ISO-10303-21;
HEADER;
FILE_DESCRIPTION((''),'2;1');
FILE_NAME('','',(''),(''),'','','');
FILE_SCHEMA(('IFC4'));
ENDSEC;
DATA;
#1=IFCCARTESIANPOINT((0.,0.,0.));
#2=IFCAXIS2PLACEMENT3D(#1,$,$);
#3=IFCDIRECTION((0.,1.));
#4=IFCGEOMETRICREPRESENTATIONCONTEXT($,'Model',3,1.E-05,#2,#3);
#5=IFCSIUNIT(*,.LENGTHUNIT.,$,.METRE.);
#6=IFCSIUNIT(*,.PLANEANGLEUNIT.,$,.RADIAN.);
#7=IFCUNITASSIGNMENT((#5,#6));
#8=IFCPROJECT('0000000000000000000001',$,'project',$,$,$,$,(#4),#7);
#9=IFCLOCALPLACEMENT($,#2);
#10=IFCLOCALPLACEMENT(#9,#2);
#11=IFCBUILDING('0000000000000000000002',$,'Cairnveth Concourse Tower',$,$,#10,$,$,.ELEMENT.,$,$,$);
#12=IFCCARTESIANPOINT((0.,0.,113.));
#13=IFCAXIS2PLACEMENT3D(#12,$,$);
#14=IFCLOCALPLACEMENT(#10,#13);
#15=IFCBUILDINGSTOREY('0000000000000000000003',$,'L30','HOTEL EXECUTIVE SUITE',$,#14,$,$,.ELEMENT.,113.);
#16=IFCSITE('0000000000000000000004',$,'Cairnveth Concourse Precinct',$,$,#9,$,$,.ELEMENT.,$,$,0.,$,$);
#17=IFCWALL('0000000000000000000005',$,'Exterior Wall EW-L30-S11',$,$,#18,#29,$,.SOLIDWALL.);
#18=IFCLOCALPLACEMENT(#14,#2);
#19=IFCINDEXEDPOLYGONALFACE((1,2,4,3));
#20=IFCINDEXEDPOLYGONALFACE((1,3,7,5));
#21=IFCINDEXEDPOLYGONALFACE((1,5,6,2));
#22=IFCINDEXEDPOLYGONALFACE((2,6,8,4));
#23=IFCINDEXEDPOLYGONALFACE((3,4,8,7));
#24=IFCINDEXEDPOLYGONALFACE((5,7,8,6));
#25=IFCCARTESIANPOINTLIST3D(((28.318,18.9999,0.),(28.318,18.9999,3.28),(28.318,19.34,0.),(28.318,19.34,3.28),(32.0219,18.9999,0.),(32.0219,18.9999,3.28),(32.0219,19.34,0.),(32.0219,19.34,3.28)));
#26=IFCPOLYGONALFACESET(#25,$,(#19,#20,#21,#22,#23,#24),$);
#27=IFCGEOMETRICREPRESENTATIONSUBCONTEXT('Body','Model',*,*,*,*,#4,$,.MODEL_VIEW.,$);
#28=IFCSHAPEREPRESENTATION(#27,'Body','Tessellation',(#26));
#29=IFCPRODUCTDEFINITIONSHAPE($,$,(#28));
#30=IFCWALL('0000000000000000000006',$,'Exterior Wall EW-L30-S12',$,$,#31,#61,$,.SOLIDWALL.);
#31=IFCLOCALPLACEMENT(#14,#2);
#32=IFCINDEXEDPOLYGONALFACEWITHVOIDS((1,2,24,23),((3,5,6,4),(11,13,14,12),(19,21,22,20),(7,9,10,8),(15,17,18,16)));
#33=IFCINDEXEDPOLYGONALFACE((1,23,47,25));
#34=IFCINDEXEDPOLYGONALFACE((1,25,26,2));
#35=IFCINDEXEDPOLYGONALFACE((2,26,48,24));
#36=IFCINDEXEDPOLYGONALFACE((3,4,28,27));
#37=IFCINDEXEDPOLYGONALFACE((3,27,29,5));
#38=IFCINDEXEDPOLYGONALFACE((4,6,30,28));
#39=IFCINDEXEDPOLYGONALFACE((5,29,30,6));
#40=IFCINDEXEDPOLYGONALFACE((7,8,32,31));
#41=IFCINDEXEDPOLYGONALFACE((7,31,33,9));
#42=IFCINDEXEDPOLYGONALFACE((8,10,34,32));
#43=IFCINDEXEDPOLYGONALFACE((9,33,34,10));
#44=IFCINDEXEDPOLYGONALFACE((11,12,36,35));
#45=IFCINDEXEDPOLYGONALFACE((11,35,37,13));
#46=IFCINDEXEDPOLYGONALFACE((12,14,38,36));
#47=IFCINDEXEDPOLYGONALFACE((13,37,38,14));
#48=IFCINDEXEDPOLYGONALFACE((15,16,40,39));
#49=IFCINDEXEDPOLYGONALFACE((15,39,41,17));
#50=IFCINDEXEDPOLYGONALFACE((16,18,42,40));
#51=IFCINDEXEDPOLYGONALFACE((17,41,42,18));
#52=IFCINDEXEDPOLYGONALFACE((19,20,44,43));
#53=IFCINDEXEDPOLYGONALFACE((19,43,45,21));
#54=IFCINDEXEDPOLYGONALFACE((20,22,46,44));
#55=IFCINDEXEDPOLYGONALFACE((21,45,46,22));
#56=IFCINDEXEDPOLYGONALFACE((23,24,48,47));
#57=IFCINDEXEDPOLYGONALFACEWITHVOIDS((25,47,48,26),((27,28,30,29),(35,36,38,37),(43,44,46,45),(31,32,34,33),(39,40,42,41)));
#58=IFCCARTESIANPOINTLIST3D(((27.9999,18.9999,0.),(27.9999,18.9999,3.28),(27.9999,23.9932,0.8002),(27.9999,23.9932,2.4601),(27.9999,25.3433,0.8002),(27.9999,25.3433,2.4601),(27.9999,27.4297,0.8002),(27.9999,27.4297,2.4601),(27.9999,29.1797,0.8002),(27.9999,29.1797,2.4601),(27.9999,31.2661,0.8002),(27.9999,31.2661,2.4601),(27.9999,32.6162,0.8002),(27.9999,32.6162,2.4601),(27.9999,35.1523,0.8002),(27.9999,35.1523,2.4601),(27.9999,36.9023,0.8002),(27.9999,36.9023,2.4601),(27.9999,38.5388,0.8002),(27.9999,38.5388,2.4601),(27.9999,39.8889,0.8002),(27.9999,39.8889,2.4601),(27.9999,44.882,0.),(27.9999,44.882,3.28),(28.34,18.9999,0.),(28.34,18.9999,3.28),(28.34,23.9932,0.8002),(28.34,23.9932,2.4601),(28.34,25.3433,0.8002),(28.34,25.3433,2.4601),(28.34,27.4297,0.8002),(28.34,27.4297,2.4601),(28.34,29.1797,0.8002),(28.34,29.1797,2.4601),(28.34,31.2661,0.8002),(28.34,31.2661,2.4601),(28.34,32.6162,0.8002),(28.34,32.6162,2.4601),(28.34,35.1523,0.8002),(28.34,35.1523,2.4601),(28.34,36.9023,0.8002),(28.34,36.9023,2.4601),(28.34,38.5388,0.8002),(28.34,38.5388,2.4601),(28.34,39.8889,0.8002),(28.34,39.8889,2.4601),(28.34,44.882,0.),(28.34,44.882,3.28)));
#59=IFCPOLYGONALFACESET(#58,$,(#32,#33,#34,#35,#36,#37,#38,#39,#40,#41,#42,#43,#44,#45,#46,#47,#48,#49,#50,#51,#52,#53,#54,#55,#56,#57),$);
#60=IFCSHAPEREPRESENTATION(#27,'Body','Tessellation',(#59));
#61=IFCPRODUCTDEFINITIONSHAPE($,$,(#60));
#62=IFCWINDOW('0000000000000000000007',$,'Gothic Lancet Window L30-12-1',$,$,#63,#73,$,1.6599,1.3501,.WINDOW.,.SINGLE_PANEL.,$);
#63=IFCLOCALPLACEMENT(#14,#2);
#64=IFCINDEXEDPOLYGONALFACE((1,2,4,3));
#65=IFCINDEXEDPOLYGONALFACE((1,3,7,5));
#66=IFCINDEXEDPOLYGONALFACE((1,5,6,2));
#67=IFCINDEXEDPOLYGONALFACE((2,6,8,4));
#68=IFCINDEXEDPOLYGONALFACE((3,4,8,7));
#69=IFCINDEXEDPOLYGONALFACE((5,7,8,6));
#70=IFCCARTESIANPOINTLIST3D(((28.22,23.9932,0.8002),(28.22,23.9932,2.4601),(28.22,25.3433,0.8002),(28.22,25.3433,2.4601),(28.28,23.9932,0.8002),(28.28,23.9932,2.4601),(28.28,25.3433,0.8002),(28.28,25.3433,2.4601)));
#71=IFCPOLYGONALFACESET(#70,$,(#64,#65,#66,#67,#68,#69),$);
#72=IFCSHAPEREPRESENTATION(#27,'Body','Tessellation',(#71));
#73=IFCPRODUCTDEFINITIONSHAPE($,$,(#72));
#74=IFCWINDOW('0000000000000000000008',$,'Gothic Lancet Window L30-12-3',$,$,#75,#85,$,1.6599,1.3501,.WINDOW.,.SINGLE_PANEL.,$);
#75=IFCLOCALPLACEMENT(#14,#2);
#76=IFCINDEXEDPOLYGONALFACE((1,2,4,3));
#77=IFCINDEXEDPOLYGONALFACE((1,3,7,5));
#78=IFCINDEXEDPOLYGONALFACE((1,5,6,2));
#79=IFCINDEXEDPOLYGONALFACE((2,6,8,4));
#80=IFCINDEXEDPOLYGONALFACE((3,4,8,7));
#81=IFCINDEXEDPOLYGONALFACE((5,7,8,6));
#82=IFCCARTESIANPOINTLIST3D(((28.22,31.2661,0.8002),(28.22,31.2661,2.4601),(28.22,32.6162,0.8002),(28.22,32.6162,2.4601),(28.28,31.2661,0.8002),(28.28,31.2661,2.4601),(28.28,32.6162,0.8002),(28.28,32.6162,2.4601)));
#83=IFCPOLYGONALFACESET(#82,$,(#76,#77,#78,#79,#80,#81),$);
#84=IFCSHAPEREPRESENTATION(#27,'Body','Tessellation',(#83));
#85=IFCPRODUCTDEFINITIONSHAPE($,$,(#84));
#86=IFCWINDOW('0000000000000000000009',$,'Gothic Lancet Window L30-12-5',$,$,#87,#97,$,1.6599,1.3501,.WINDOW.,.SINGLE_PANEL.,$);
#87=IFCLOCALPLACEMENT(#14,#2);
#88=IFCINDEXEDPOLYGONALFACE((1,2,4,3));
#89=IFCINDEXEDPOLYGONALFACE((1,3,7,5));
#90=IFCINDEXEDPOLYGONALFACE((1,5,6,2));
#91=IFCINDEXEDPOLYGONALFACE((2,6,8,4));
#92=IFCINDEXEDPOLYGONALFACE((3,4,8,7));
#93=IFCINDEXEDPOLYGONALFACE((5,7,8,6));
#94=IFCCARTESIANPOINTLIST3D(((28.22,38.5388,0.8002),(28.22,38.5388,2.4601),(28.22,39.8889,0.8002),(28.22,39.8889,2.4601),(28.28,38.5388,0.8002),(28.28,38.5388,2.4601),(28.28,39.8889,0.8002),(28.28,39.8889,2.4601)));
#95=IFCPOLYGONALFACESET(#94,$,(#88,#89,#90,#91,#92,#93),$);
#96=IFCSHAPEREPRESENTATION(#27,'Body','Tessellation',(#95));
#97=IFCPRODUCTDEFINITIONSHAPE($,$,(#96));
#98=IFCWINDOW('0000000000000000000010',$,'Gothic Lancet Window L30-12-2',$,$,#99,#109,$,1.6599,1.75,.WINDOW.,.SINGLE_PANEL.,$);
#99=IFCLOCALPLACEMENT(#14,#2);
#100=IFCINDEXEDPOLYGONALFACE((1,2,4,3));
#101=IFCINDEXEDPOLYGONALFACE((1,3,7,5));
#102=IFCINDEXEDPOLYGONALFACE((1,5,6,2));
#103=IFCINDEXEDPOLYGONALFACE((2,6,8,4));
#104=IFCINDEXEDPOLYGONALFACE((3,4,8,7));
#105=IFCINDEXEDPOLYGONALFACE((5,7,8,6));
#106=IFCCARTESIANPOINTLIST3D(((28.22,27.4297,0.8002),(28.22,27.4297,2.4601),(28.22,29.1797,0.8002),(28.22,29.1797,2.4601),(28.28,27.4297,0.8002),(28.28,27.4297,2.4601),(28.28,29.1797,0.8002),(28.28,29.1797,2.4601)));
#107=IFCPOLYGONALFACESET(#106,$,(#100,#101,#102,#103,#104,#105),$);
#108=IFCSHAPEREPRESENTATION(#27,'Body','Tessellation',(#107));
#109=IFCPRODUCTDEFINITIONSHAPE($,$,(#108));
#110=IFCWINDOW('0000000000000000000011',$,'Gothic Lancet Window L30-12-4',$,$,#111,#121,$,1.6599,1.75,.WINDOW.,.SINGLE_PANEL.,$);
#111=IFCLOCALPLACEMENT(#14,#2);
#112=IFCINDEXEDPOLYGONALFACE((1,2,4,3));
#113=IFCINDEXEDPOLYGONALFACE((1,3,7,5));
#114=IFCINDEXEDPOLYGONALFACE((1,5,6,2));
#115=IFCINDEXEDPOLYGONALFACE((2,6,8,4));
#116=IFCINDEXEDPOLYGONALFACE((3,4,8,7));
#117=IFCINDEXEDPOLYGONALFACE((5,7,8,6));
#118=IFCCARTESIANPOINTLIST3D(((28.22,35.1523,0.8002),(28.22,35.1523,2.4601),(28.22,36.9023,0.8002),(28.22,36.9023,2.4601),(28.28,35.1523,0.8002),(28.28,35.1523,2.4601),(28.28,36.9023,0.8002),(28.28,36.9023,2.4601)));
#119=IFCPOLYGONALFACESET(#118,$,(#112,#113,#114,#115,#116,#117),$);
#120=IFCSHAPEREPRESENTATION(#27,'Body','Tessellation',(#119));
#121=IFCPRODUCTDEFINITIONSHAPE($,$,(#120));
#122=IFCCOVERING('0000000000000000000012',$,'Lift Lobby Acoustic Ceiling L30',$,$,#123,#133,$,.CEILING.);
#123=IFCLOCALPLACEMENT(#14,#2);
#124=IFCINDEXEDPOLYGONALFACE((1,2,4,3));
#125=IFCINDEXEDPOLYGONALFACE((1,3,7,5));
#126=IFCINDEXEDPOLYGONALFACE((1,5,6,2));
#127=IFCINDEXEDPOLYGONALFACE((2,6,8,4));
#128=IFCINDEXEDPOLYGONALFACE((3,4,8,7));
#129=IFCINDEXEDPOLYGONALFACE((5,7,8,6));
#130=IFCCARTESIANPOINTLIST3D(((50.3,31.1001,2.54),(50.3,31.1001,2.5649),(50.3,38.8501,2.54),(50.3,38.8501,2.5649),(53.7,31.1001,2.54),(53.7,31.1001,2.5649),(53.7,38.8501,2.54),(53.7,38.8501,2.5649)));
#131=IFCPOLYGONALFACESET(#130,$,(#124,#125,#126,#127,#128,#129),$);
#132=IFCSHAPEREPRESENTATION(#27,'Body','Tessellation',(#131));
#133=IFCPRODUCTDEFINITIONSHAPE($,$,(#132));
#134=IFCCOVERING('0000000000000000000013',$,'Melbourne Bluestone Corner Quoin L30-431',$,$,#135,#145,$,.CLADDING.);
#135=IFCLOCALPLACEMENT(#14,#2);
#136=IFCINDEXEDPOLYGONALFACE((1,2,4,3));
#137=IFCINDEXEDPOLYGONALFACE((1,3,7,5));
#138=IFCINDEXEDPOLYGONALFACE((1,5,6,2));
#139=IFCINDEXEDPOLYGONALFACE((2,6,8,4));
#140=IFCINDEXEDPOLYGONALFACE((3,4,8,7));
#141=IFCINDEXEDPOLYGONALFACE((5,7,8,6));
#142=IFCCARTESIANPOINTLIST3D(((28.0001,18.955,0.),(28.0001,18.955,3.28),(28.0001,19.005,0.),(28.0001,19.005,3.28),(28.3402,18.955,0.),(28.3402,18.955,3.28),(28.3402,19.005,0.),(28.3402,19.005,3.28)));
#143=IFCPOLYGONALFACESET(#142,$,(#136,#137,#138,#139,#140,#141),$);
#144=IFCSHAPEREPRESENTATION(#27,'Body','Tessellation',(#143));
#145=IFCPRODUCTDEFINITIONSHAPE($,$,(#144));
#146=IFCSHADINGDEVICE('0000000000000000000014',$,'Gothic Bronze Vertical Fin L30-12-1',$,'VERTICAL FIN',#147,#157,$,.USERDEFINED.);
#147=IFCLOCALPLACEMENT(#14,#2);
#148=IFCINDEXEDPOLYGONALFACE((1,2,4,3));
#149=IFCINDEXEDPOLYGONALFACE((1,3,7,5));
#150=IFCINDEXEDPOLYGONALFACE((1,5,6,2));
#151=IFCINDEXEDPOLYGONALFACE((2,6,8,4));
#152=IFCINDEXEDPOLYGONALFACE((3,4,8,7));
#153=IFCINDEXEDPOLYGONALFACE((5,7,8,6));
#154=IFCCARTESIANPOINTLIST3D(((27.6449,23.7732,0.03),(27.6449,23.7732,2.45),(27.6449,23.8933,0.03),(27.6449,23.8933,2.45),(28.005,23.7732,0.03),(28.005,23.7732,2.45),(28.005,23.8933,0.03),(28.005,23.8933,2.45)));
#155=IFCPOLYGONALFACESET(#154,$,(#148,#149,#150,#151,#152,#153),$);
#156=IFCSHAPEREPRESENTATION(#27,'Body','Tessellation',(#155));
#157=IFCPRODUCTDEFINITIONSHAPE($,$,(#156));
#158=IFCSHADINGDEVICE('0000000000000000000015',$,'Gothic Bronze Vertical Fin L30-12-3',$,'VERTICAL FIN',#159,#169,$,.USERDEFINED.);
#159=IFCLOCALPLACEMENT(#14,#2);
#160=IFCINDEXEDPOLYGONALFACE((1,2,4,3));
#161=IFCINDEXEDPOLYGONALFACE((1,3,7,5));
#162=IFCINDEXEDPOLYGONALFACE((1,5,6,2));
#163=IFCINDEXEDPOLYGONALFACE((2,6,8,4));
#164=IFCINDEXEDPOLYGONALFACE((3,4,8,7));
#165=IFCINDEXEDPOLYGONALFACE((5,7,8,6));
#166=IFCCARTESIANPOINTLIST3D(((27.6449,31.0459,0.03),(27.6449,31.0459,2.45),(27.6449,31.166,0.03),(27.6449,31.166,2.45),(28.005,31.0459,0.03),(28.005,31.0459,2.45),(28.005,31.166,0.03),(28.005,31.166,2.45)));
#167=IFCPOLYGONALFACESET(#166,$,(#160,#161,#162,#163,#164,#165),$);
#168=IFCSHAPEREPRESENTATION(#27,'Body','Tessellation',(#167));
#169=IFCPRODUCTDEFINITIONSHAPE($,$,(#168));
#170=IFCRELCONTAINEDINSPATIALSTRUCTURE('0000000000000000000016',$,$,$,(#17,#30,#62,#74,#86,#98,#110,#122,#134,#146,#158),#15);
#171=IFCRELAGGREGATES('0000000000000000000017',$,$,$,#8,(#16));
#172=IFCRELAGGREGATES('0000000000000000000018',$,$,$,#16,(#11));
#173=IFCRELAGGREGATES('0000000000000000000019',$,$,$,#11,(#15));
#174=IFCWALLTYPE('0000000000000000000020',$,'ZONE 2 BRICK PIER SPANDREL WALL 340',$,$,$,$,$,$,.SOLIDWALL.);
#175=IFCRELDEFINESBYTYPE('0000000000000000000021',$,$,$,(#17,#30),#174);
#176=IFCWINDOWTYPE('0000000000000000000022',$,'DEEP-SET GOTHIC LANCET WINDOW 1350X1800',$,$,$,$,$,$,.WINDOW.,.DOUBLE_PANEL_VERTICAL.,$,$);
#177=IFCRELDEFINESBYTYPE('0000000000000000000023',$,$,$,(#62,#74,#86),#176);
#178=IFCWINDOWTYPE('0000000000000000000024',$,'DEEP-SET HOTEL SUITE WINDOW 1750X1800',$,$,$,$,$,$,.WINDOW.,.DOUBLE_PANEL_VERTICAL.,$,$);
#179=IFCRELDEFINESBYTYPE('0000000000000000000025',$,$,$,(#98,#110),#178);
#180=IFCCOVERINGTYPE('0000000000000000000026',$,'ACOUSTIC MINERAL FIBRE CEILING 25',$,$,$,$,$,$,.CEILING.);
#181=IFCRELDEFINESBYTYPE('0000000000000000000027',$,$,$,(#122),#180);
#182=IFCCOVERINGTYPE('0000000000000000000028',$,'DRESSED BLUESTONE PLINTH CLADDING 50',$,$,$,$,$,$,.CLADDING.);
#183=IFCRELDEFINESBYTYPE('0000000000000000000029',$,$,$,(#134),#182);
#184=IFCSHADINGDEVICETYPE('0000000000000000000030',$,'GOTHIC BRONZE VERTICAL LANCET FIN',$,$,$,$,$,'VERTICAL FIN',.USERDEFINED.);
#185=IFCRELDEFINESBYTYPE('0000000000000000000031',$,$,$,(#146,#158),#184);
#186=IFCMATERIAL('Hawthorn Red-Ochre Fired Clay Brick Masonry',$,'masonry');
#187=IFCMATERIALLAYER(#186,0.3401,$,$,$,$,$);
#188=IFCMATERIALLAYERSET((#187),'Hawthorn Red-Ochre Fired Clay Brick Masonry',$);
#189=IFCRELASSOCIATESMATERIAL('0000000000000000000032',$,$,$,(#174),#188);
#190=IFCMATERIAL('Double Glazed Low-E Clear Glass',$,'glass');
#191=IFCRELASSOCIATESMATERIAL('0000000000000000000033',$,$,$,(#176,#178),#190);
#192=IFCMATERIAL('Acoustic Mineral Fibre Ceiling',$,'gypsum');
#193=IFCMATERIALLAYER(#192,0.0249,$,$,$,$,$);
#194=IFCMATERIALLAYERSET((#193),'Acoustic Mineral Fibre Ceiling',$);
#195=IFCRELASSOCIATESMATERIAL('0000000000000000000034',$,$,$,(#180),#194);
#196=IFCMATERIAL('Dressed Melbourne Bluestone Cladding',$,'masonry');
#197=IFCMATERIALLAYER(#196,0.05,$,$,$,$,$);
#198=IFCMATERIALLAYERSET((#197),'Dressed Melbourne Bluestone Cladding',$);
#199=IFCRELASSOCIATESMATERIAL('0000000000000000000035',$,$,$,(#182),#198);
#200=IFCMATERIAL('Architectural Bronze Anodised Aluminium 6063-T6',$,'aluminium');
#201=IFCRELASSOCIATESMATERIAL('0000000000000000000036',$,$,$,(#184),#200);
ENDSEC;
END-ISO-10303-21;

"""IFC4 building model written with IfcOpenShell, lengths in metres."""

from ifc_helpers import new_model, si_unit, direction, frame, frame_2d, origin, origin_2d, place, context, subcontext, project, spatial, polyline, rectangle, outline, extrude, material, layer, layer_set, type_object, element, fill, save


model = new_model("IFC4")

# Units and contexts
model_context = context("Model", 3, precision=1e-05, world=origin(), true_north=direction((0.0, 1.0)))
body_context = subcontext(model_context, "Body", "Model", "MODEL_VIEW")
ifc_project = project(units=[si_unit("LENGTHUNIT", "METRE"), si_unit("PLANEANGLEUNIT", "RADIAN")], contexts=[model_context])

# Site, building, storey
site_placement = place(None, origin())
site = spatial("IfcSite", under=ifc_project, at=site_placement, Name="Cairnveth Concourse Precinct", CompositionType="ELEMENT", RefElevation=0.0)
building_placement = place(site_placement, origin())
building = spatial("IfcBuilding", under=site, at=building_placement, Name="Cairnveth Concourse Tower", CompositionType="ELEMENT")
storey_placement = place(building_placement, frame((0.0, 0.0, 113.0)))
storey = spatial("IfcBuildingStorey", under=building, at=storey_placement, Name="L30", Description="HOTEL EXECUTIVE SUITE", CompositionType="ELEMENT", Elevation=113.0)

# Wall
ifc_material_1 = material(Name="Hawthorn Red-Ochre Fired Clay Brick Masonry", Category="masonry")
ifc_layer_1 = layer(ifc_material_1, 0.3401)
ifc_layer_set_1 = layer_set([ifc_layer_1], Name="Hawthorn Red-Ochre Fired Clay Brick Masonry")
wall_type_1 = type_object("IfcWallType", Name="ZONE 2 BRICK PIER SPANDREL WALL 340", PredefinedType="SOLIDWALL", material=ifc_layer_set_1)
wall_1_placement = place(storey_placement, frame((32.022, 19.1699, 0.0), z_axis=(0.0, 0.0, 1.0), x_axis=(-1.0, 0.0, 0.0)))
element("IfcWall", 1, at=wall_1_placement, inside=storey, type_object=wall_type_1, Name="Exterior Wall EW-L30-S11", PredefinedType="SOLIDWALL", context=body_context, shape_type="SweptSolid", body=[
    extrude(rectangle(XDim=3.7039, YDim=0.3401, at=frame_2d((1.8521, 0.0))), origin(), (0.0, 0.0, 1.0), 3.28),
])

# Wall, openings, windows
wall_2_placement = place(storey_placement, frame((28.1699, 19.0, 0.0), z_axis=(0.0, 0.0, 1.0), x_axis=(0.0, 1.0, 0.0)))
wall_2 = element("IfcWall", 2, at=wall_2_placement, inside=storey, type_object=wall_type_1, Name="Exterior Wall EW-L30-S12", PredefinedType="SOLIDWALL", context=body_context, shape_type="SweptSolid", body=[
    extrude(rectangle(XDim=25.8821, YDim=0.3401, at=frame_2d((12.9409, 0.0))), origin(), (0.0, 0.0, 1.0), 3.28),
])
opening_1_placement = place(wall_2_placement, frame((4.9932, 0.0, 0.8)))
opening_1 = element("IfcOpeningElement", 3, at=opening_1_placement, cuts=wall_2, PredefinedType="OPENING", context=body_context, shape_type="SweptSolid", body=[
    extrude(rectangle(XDim=1.3501, YDim=1.6599, at=frame_2d((0.675, 0.8301))), frame((0.0, 0.1799, 0.0), z_axis=(0.0, -1.0, 0.0), x_axis=(1.0, 0.0, 0.0)), (0.0, 0.0, 1.0), 0.3601),
])
opening_2_placement = place(wall_2_placement, frame((8.4297, 0.0, 0.8)))
opening_2 = element("IfcOpeningElement", 4, at=opening_2_placement, cuts=wall_2, PredefinedType="OPENING", context=body_context, shape_type="SweptSolid", body=[
    extrude(rectangle(XDim=1.75, YDim=1.6599, at=frame_2d((0.875, 0.8301))), frame((0.0, 0.1799, 0.0), z_axis=(0.0, -1.0, 0.0), x_axis=(1.0, 0.0, 0.0)), (0.0, 0.0, 1.0), 0.3601),
])
opening_3_placement = place(wall_2_placement, frame((12.2661, 0.0, 0.8)))
opening_3 = element("IfcOpeningElement", 5, at=opening_3_placement, cuts=wall_2, PredefinedType="OPENING", context=body_context, shape_type="SweptSolid", body=[
    extrude(rectangle(XDim=1.3501, YDim=1.6599, at=frame_2d((0.675, 0.8301))), frame((0.0, 0.1799, 0.0), z_axis=(0.0, -1.0, 0.0), x_axis=(1.0, 0.0, 0.0)), (0.0, 0.0, 1.0), 0.3601),
])
opening_4_placement = place(wall_2_placement, frame((16.1523, 0.0, 0.8)))
opening_4 = element("IfcOpeningElement", 6, at=opening_4_placement, cuts=wall_2, PredefinedType="OPENING", context=body_context, shape_type="SweptSolid", body=[
    extrude(rectangle(XDim=1.75, YDim=1.6599, at=frame_2d((0.875, 0.8301))), frame((0.0, 0.1799, 0.0), z_axis=(0.0, -1.0, 0.0), x_axis=(1.0, 0.0, 0.0)), (0.0, 0.0, 1.0), 0.3601),
])
opening_5_placement = place(wall_2_placement, frame((19.5388, 0.0, 0.8)))
opening_5 = element("IfcOpeningElement", 7, at=opening_5_placement, cuts=wall_2, PredefinedType="OPENING", context=body_context, shape_type="SweptSolid", body=[
    extrude(rectangle(XDim=1.3501, YDim=1.6599, at=frame_2d((0.675, 0.8301))), frame((0.0, 0.1799, 0.0), z_axis=(0.0, -1.0, 0.0), x_axis=(1.0, 0.0, 0.0)), (0.0, 0.0, 1.0), 0.3601),
])
ifc_material_2 = material(Name="Double Glazed Low-E Clear Glass", Category="glass")
window_type_1 = type_object("IfcWindowType", Name="DEEP-SET GOTHIC LANCET WINDOW 1350X1800", PartitioningType="DOUBLE_PANEL_VERTICAL", PredefinedType="WINDOW", material=ifc_material_2)
window_1_placement = place(opening_1_placement, origin())
window_1 = element("IfcWindow", 8, at=window_1_placement, inside=storey, type_object=window_type_1, Name="Gothic Lancet Window L30-12-1", OverallHeight=1.6599, OverallWidth=1.3501, PartitioningType="SINGLE_PANEL", PredefinedType="WINDOW", context=body_context, shape_type="SweptSolid", body=[
    extrude(rectangle(XDim=1.3501, YDim=1.6599, at=frame_2d((0.675, 0.8301))), frame((0.0, -0.05, 0.0), z_axis=(0.0, -1.0, 0.0), x_axis=(1.0, 0.0, 0.0)), (0.0, 0.0, 1.0), 0.0601),
])
fill(opening_1, window_1)
window_2_placement = place(opening_3_placement, origin())
window_2 = element("IfcWindow", 9, at=window_2_placement, inside=storey, type_object=window_type_1, Name="Gothic Lancet Window L30-12-3", OverallHeight=1.6599, OverallWidth=1.3501, PartitioningType="SINGLE_PANEL", PredefinedType="WINDOW", context=body_context, shape_type="SweptSolid", body=[
    extrude(rectangle(XDim=1.3501, YDim=1.6599, at=frame_2d((0.675, 0.8301))), frame((0.0, -0.05, 0.0), z_axis=(0.0, -1.0, 0.0), x_axis=(1.0, 0.0, 0.0)), (0.0, 0.0, 1.0), 0.0601),
])
fill(opening_3, window_2)
window_3_placement = place(opening_5_placement, origin())
window_3 = element("IfcWindow", 10, at=window_3_placement, inside=storey, type_object=window_type_1, Name="Gothic Lancet Window L30-12-5", OverallHeight=1.6599, OverallWidth=1.3501, PartitioningType="SINGLE_PANEL", PredefinedType="WINDOW", context=body_context, shape_type="SweptSolid", body=[
    extrude(rectangle(XDim=1.3501, YDim=1.6599, at=frame_2d((0.675, 0.8301))), frame((0.0, -0.05, 0.0), z_axis=(0.0, -1.0, 0.0), x_axis=(1.0, 0.0, 0.0)), (0.0, 0.0, 1.0), 0.0601),
])
fill(opening_5, window_3)
window_type_2 = type_object("IfcWindowType", Name="DEEP-SET HOTEL SUITE WINDOW 1750X1800", PartitioningType="DOUBLE_PANEL_VERTICAL", PredefinedType="WINDOW", material=ifc_material_2)
window_4_placement = place(opening_2_placement, origin())
window_4 = element("IfcWindow", 11, at=window_4_placement, inside=storey, type_object=window_type_2, Name="Gothic Lancet Window L30-12-2", OverallHeight=1.6599, OverallWidth=1.75, PartitioningType="SINGLE_PANEL", PredefinedType="WINDOW", context=body_context, shape_type="SweptSolid", body=[
    extrude(rectangle(XDim=1.75, YDim=1.6599, at=frame_2d((0.875, 0.8301))), frame((0.0, -0.05, 0.0), z_axis=(0.0, -1.0, 0.0), x_axis=(1.0, 0.0, 0.0)), (0.0, 0.0, 1.0), 0.0601),
])
fill(opening_2, window_4)
window_5_placement = place(opening_4_placement, origin())
window_5 = element("IfcWindow", 12, at=window_5_placement, inside=storey, type_object=window_type_2, Name="Gothic Lancet Window L30-12-4", OverallHeight=1.6599, OverallWidth=1.75, PartitioningType="SINGLE_PANEL", PredefinedType="WINDOW", context=body_context, shape_type="SweptSolid", body=[
    extrude(rectangle(XDim=1.75, YDim=1.6599, at=frame_2d((0.875, 0.8301))), frame((0.0, -0.05, 0.0), z_axis=(0.0, -1.0, 0.0), x_axis=(1.0, 0.0, 0.0)), (0.0, 0.0, 1.0), 0.0601),
])
fill(opening_4, window_5)

# Coverings
ifc_material_3 = material(Name="Acoustic Mineral Fibre Ceiling", Category="gypsum")
ifc_layer_2 = layer(ifc_material_3, 0.0249)
ifc_layer_set_2 = layer_set([ifc_layer_2], Name="Acoustic Mineral Fibre Ceiling")
covering_type_1 = type_object("IfcCoveringType", Name="ACOUSTIC MINERAL FIBRE CEILING 25", PredefinedType="CEILING", material=ifc_layer_set_2)
covering_1_placement = place(storey_placement, frame((0.0, 0.0, 2.54)))
element("IfcCovering", 13, at=covering_1_placement, inside=storey, type_object=covering_type_1, Name="Lift Lobby Acoustic Ceiling L30", PredefinedType="CEILING", context=body_context, shape_type="SweptSolid", body=[
    extrude(outline(polyline([(50.3, 31.1001), (53.7, 31.1001), (53.7, 38.8501), (50.3, 38.8501), (50.3, 31.1001)])), origin(), (0.0, 0.0, 1.0), 0.0249),
])
ifc_material_4 = material(Name="Dressed Melbourne Bluestone Cladding", Category="masonry")
ifc_layer_3 = layer(ifc_material_4, 0.05)
ifc_layer_set_3 = layer_set([ifc_layer_3], Name="Dressed Melbourne Bluestone Cladding")
covering_type_2 = type_object("IfcCoveringType", Name="DRESSED BLUESTONE PLINTH CLADDING 50", PredefinedType="CLADDING", material=ifc_layer_set_3)
covering_2_placement = place(storey_placement, frame((28.3401, 18.98, 0.0), z_axis=(0.0, 0.0, 1.0), x_axis=(-1.0, 0.0, 0.0)))
element("IfcCovering", 14, at=covering_2_placement, inside=storey, type_object=covering_type_2, Name="Melbourne Bluestone Corner Quoin L30-431", PredefinedType="CLADDING", context=body_context, shape_type="SweptSolid", body=[
    extrude(rectangle(XDim=0.3401, YDim=0.05, at=frame_2d((0.1699, 0.0))), origin(), (0.0, 0.0, 1.0), 3.28),
])

# Shading devices
ifc_material_5 = material(Name="Architectural Bronze Anodised Aluminium 6063-T6", Category="aluminium")
shading_device_type = type_object("IfcShadingDeviceType", Name="GOTHIC BRONZE VERTICAL LANCET FIN", ElementType="VERTICAL FIN", PredefinedType="USERDEFINED", material=ifc_material_5)
for number, where, z_axis, x_axis, name in (
    (15, (27.825, 23.8333, 0.03), (0.0, 0.0, 1.0), (0.0, 1.0, 0.0), "Gothic Bronze Vertical Fin L30-12-1"),
    (16, (27.825, 31.106, 0.03), (0.0, 0.0, 1.0), (0.0, 1.0, 0.0), "Gothic Bronze Vertical Fin L30-12-3"),
):
    element("IfcShadingDevice", number, at=place(storey_placement, frame(where, z_axis=z_axis, x_axis=x_axis)), inside=storey, type_object=shading_device_type, Name=name, ObjectType="VERTICAL FIN", PredefinedType="USERDEFINED", context=body_context, shape_type="SweptSolid", body=[
        extrude(rectangle(XDim=0.1201, YDim=0.3601, at=origin_2d()), origin(), (0.0, 0.0, 1.0), 2.4199),
    ])

save(model, "model.ifc")
